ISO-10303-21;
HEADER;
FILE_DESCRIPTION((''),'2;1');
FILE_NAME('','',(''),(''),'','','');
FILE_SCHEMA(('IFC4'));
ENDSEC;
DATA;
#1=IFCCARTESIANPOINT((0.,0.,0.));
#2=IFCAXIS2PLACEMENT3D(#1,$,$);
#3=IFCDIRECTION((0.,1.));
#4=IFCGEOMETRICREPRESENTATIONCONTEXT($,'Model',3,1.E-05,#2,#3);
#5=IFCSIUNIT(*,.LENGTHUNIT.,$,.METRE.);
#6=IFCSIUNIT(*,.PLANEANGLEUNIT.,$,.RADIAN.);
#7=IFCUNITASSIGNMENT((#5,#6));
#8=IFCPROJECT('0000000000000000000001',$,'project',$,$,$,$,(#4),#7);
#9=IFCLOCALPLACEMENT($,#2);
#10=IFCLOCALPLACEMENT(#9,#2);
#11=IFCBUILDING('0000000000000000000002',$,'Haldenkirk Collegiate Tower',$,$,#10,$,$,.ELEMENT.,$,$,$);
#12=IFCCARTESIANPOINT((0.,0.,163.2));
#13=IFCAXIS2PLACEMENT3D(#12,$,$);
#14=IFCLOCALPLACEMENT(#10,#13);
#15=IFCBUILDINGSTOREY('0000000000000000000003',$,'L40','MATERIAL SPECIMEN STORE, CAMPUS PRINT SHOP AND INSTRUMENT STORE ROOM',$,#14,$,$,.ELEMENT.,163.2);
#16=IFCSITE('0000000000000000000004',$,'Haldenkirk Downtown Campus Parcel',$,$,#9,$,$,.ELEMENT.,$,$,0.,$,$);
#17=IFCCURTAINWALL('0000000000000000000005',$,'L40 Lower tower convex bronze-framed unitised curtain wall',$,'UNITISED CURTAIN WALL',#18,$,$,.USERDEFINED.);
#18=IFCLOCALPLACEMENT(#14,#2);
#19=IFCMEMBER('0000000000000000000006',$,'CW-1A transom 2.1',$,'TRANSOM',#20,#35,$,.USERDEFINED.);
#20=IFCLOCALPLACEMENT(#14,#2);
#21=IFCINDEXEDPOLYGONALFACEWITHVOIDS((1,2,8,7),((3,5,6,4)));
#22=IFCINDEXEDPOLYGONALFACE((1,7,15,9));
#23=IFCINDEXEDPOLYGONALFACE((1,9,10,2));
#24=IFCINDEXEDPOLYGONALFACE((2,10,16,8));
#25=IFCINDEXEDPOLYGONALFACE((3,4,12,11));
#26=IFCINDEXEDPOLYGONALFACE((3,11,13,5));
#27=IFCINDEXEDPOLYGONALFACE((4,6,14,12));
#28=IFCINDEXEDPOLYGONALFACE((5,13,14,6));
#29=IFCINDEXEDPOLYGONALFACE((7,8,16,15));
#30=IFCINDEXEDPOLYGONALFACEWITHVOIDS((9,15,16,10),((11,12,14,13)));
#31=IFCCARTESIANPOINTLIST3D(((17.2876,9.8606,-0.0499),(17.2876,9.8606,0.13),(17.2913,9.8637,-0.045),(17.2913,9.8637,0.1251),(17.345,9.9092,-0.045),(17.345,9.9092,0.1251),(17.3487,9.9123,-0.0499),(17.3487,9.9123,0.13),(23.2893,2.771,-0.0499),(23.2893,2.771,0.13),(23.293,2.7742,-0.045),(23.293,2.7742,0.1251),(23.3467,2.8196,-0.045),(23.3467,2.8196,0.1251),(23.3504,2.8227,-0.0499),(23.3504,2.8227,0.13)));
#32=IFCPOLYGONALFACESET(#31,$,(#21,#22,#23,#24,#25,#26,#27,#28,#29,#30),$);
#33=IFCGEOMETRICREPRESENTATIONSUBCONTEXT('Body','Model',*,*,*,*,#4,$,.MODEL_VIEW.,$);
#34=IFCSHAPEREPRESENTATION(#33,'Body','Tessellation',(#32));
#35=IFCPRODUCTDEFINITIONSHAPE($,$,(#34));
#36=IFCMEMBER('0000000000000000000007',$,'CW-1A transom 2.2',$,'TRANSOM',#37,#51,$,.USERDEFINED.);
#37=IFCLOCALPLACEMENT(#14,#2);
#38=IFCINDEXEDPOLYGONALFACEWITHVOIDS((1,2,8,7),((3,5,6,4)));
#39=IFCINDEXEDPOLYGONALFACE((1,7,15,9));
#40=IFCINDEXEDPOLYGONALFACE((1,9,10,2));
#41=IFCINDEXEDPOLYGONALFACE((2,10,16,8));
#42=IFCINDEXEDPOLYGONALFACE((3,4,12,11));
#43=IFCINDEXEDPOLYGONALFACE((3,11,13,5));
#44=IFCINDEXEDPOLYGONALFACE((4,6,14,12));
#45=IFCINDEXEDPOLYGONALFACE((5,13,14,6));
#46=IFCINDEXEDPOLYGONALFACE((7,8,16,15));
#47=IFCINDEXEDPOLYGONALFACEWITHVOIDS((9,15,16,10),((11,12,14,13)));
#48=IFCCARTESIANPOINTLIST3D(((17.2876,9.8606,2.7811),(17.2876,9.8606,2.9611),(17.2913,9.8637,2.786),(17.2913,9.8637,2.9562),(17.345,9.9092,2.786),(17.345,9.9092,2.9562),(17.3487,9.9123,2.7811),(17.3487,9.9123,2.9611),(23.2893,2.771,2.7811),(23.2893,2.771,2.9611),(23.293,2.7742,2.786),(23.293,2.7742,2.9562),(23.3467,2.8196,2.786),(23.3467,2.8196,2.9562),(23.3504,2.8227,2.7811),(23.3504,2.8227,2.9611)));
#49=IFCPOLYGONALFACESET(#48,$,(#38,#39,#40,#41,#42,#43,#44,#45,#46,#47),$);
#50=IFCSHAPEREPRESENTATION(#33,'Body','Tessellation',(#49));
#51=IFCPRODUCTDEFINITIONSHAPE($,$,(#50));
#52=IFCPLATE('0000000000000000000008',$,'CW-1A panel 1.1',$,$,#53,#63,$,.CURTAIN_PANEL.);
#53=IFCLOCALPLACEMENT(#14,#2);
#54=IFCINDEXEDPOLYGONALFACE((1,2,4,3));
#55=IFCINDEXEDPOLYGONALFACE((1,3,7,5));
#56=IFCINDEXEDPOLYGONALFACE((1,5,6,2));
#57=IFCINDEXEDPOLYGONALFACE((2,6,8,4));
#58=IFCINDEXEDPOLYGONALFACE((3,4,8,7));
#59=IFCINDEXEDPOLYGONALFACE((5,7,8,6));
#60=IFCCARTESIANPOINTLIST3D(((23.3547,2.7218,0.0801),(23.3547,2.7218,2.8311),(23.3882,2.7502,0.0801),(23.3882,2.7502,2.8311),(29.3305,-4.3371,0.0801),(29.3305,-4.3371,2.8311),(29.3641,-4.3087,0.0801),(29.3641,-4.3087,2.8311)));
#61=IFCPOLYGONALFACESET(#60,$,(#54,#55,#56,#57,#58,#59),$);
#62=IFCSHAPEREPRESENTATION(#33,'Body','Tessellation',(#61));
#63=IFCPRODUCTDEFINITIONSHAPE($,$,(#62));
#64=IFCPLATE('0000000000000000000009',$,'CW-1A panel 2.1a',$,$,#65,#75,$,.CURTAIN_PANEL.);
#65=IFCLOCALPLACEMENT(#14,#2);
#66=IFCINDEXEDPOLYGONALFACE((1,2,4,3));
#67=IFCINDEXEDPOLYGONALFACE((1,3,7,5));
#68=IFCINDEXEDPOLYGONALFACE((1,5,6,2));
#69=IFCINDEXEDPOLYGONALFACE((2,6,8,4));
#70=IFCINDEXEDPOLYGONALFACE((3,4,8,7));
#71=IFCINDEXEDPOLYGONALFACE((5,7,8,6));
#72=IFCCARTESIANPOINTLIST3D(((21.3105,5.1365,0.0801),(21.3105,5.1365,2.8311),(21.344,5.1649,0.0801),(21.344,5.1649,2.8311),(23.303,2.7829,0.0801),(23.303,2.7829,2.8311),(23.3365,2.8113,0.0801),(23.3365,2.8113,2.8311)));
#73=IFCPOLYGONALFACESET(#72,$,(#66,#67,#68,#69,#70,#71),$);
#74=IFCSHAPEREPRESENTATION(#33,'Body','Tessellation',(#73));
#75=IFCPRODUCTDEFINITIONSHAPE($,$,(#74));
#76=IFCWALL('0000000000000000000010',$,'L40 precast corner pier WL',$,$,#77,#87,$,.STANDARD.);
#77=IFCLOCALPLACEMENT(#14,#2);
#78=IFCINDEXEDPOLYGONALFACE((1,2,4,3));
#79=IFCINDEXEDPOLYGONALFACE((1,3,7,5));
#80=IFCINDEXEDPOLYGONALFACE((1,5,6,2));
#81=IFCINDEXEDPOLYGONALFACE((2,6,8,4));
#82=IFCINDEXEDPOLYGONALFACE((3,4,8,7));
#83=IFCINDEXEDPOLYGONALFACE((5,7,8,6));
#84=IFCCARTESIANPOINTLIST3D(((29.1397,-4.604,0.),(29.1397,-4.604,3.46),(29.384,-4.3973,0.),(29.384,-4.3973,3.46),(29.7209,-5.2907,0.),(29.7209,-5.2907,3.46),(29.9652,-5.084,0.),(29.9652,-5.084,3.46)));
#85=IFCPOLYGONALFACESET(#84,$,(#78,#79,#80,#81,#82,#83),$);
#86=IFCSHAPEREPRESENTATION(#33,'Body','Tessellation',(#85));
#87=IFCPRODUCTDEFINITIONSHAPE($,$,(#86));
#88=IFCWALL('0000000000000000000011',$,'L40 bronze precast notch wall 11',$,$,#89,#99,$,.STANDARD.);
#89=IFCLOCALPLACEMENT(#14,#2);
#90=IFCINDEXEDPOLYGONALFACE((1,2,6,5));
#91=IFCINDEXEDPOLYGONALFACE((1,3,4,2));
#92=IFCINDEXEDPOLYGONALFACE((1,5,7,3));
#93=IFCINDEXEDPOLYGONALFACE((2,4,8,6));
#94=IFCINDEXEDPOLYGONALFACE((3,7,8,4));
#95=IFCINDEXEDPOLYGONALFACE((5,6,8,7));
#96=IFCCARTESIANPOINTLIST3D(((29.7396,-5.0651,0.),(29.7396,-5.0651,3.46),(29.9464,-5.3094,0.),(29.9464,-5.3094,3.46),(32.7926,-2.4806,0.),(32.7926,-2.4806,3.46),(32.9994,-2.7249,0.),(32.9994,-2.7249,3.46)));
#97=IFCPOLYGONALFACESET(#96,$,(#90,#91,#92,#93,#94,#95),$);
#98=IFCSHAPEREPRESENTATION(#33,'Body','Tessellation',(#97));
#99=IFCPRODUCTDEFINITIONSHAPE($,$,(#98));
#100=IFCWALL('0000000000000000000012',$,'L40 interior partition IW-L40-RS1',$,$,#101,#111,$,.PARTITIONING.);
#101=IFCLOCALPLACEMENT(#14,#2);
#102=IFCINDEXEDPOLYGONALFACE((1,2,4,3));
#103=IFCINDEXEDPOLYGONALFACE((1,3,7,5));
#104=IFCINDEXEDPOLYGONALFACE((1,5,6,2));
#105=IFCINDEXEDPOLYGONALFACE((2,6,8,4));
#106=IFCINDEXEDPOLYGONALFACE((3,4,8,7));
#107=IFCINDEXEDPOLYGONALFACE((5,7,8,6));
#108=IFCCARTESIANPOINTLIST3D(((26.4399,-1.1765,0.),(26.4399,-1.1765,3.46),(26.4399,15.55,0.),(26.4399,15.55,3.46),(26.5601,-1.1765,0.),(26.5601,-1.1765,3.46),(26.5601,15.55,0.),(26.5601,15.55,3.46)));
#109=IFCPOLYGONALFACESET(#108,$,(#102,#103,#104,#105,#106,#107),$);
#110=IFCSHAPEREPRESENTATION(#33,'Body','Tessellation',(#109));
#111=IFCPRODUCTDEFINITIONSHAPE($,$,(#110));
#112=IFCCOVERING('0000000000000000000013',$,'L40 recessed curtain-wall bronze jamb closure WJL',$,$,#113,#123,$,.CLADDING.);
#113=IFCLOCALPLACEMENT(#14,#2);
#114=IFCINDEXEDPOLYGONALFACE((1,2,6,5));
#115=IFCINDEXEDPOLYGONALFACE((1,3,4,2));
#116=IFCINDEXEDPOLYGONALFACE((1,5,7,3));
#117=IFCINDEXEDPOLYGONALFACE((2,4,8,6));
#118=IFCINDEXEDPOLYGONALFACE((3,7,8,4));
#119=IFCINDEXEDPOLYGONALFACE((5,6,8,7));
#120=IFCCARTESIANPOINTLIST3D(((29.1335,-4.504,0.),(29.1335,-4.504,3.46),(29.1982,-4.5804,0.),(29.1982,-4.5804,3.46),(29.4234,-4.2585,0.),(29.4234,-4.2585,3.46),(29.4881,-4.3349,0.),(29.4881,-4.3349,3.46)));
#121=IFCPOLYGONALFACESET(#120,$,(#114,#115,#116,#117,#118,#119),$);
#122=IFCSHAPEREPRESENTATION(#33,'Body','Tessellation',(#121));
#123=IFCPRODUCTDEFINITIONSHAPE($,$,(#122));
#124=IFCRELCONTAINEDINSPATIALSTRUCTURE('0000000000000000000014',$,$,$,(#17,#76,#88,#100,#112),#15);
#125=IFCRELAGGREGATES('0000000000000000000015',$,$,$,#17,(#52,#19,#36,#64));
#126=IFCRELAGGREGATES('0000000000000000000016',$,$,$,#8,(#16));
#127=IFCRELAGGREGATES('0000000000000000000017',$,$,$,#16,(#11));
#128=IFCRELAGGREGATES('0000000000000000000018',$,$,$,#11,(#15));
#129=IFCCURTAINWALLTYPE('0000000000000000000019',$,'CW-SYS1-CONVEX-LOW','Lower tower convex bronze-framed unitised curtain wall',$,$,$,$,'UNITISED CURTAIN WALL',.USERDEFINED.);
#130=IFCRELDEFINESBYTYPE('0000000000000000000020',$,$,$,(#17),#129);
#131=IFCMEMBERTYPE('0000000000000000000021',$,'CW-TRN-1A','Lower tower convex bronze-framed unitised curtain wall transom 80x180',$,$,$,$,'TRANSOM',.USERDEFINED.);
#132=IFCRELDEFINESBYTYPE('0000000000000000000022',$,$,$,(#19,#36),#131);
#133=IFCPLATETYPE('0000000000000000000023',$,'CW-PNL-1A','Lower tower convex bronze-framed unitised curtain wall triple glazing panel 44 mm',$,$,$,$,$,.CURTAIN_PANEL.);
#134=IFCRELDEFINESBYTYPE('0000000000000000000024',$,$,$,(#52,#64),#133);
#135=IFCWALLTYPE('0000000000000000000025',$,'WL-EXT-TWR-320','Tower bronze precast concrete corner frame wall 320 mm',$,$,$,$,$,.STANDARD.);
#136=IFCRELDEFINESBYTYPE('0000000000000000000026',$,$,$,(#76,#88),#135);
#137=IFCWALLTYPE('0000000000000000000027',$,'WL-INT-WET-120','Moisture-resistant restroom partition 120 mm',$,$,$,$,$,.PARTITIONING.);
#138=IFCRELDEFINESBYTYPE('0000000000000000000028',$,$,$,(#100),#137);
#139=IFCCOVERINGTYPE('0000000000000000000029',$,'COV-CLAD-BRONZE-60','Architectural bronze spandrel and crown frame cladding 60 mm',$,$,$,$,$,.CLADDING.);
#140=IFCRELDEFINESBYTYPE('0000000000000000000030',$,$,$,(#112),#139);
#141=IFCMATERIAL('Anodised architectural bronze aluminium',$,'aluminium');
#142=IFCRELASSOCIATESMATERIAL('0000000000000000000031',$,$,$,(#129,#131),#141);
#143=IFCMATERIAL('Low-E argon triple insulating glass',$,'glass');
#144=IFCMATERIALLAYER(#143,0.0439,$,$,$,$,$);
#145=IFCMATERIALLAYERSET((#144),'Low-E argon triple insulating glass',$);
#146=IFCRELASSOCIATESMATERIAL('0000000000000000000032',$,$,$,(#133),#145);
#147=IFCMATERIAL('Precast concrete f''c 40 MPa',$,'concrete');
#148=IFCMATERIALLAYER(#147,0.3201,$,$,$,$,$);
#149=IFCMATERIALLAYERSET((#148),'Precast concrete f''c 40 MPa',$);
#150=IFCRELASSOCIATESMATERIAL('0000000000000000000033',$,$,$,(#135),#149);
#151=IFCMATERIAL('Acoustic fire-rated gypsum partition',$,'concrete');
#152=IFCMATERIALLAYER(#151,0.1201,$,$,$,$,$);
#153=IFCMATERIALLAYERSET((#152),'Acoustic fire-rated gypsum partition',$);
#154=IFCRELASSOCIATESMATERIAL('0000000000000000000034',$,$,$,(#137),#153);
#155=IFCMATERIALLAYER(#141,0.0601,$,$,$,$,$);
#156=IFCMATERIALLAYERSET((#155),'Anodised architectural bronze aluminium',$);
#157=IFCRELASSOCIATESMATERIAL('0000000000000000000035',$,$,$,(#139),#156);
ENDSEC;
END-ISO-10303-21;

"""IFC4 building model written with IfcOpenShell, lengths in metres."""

from ifc_helpers import new_model, si_unit, direction, frame, frame_2d, origin, origin_2d, place, context, subcontext, project, spatial, rectangle, hollow_rectangle, extrude, source, transform, mapped, material, layer, layer_set, material_profile, profile_set, type_object, element, aggregate, save


model = new_model("IFC4")

# Units and contexts
model_context = context("Model", 3, precision=1e-05, world=origin(), true_north=direction((0.0, 1.0)))
body_context = subcontext(model_context, "Body", "Model", "MODEL_VIEW")
ifc_project = project(units=[si_unit("LENGTHUNIT", "METRE"), si_unit("PLANEANGLEUNIT", "RADIAN")], contexts=[model_context])

# Site, building, storey
site_placement = place(None, origin())
site = spatial("IfcSite", under=ifc_project, at=site_placement, Name="Haldenkirk Downtown Campus Parcel", CompositionType="ELEMENT", RefElevation=0.0)
building_placement = place(site_placement, origin())
building = spatial("IfcBuilding", under=site, at=building_placement, Name="Haldenkirk Collegiate Tower", CompositionType="ELEMENT")
storey_placement = place(building_placement, frame((0.0, 0.0, 163.2)))
storey = spatial("IfcBuildingStorey", under=building, at=storey_placement, Name="L40", Description="MATERIAL SPECIMEN STORE, CAMPUS PRINT SHOP AND INSTRUMENT STORE ROOM", CompositionType="ELEMENT", Elevation=163.2)

# Curtain wall, members, plates
ifc_material_1 = material(Name="Anodised architectural bronze aluminium", Category="aluminium")
curtain_wall_type = type_object("IfcCurtainWallType", Name="CW-SYS1-CONVEX-LOW", Description="Lower tower convex bronze-framed unitised curtain wall", ElementType="UNITISED CURTAIN WALL", PredefinedType="USERDEFINED", material=ifc_material_1)
curtain_wall_placement = place(storey_placement, origin())
curtain_wall = element("IfcCurtainWall", 1, at=curtain_wall_placement, inside=storey, type_object=curtain_wall_type, Name="L40 Lower tower convex bronze-framed unitised curtain wall", ObjectType="UNITISED CURTAIN WALL", PredefinedType="USERDEFINED")
ifc_material_profile_1 = material_profile(ifc_material_1, hollow_rectangle(XDim=0.0801, YDim=0.1799, WallThickness=0.0049, at=origin_2d()), Name="CW-TRN-1A")
ifc_profile_set_1 = profile_set([ifc_material_profile_1], Name="Anodised architectural bronze aluminium")
member_type_1 = type_object("IfcMemberType", Name="CW-TRN-1A", Description="Lower tower convex bronze-framed unitised curtain wall transom 80x180", ElementType="TRANSOM", PredefinedType="USERDEFINED", material=ifc_profile_set_1)
member_1_placement = place(storey_placement, frame((23.3198, 2.7969, 0.04), z_axis=(-0.646119, 0.763237, 0.0), x_axis=(-0.763237, -0.646119, 0.0)))
member_1 = element("IfcMember", 2, at=member_1_placement, type_object=member_type_1, Name="CW-1A transom 2.1", ObjectType="TRANSOM", PredefinedType="USERDEFINED", context=body_context, shape_type="SweptSolid", body=[
    extrude(hollow_rectangle(XDim=0.0801, YDim=0.1799, WallThickness=0.0049, at=origin_2d()), origin(), (0.0, 0.0, 1.0), 9.2888),
])
member_2_placement = place(storey_placement, frame((23.3198, 2.7969, 2.8711), z_axis=(-0.646119, 0.763237, 0.0), x_axis=(-0.763237, -0.646119, 0.0)))
member_2 = element("IfcMember", 3, at=member_2_placement, type_object=member_type_1, Name="CW-1A transom 2.2", ObjectType="TRANSOM", PredefinedType="USERDEFINED", context=body_context, shape_type="SweptSolid", body=[
    extrude(hollow_rectangle(XDim=0.0801, YDim=0.1799, WallThickness=0.0049, at=origin_2d()), origin(), (0.0, 0.0, 1.0), 9.2888),
])
ifc_material_2 = material(Name="Low-E argon triple insulating glass", Category="glass")
ifc_layer_1 = layer(ifc_material_2, 0.0439)
ifc_layer_set_1 = layer_set([ifc_layer_1], Name="Low-E argon triple insulating glass")
plate_type = type_object("IfcPlateType", Name="CW-PNL-1A", Description="Lower tower convex bronze-framed unitised curtain wall triple glazing panel 44 mm", PredefinedType="CURTAIN_PANEL", material=ifc_layer_set_1)
shared_shape_1 = source(origin(), body_context, "Body", "SweptSolid", [
    extrude(rectangle(XDim=9.2488, YDim=0.0439, at=origin_2d()), origin(), (0.0, 0.0, 1.0), 2.751),
])
plate_1_placement = place(storey_placement, frame((26.3594, -0.7935, 0.0801), z_axis=(0.0, 0.0, 1.0), x_axis=(-0.646123, 0.763233, 0.0)))
plate_1 = element("IfcPlate", 4, at=plate_1_placement, type_object=plate_type, Name="CW-1A panel 1.1", PredefinedType="CURTAIN_PANEL", context=body_context, shape_type="MappedRepresentation", body=[
    mapped(shared_shape_1, transform((0.0, 0.0, 0.0), x_axis=(1.0, 0.0, 0.0), y_axis=(0.0, 1.0, 0.0), z_axis=(0.0, 0.0, 1.0), scale=1.0)),
])
shared_shape_2 = source(origin(), body_context, "Body", "SweptSolid", [
    extrude(rectangle(XDim=3.0837, YDim=0.0439, at=origin_2d()), origin(), (0.0, 0.0, 1.0), 2.751),
])
plate_2_placement = place(storey_placement, frame((22.3235, 3.9739, 0.0801), z_axis=(0.0, 0.0, 1.0), x_axis=(-0.646123, 0.763233, 0.0)))
plate_2 = element("IfcPlate", 5, at=plate_2_placement, type_object=plate_type, Name="CW-1A panel 2.1a", PredefinedType="CURTAIN_PANEL", context=body_context, shape_type="MappedRepresentation", body=[
    mapped(shared_shape_2, transform((0.0, 0.0, 0.0), x_axis=(1.0, 0.0, 0.0), y_axis=(0.0, 1.0, 0.0), z_axis=(0.0, 0.0, 1.0), scale=1.0)),
])
aggregate(curtain_wall, [plate_1, member_1, member_2, plate_2])

# Walls
ifc_material_3 = material(Name="Precast concrete f'c 40 MPa", Category="concrete")
ifc_layer_2 = layer(ifc_material_3, 0.3201)
ifc_layer_set_2 = layer_set([ifc_layer_2], Name="Precast concrete f'c 40 MPa")
wall_type_1 = type_object("IfcWallType", Name="WL-EXT-TWR-320", Description="Tower bronze precast concrete corner frame wall 320 mm", PredefinedType="STANDARD", material=ifc_layer_set_2)
wall_1_placement = place(storey_placement, frame((29.843, -5.1873, 0.0), z_axis=(0.0, 0.0, 1.0), x_axis=(-0.646064, 0.763283, 0.0)))
element("IfcWall", 6, at=wall_1_placement, inside=storey, type_object=wall_type_1, Name="L40 precast corner pier WL", PredefinedType="STANDARD", context=body_context, shape_type="SweptSolid", body=[
    extrude(rectangle(XDim=0.8997, YDim=0.3201, at=frame_2d((0.4497, 0.0))), origin(), (0.0, 0.0, 1.0), 3.46),
])
wall_2_placement = place(storey_placement, frame((32.896, -2.6028, 0.0), z_axis=(0.0, 0.0, 1.0), x_axis=(-0.76324, -0.646115, 0.0)))
element("IfcWall", 7, at=wall_2_placement, inside=storey, type_object=wall_type_1, Name="L40 bronze precast notch wall 11", PredefinedType="STANDARD", context=body_context, shape_type="SweptSolid", body=[
    extrude(rectangle(XDim=4.0, YDim=0.3201, at=frame_2d((2.0, 0.0))), origin(), (0.0, 0.0, 1.0), 3.46),
])
ifc_material_4 = material(Name="Acoustic fire-rated gypsum partition", Category="concrete")
ifc_layer_3 = layer(ifc_material_4, 0.1201)
ifc_layer_set_3 = layer_set([ifc_layer_3], Name="Acoustic fire-rated gypsum partition")
wall_type_2 = type_object("IfcWallType", Name="WL-INT-WET-120", Description="Moisture-resistant restroom partition 120 mm", PredefinedType="PARTITIONING", material=ifc_layer_set_3)
wall_3_placement = place(storey_placement, frame((26.5, -1.1765, 0.0), z_axis=(0.0, 0.0, 1.0), x_axis=(0.0, 1.0, 0.0)))
element("IfcWall", 8, at=wall_3_placement, inside=storey, type_object=wall_type_2, Name="L40 interior partition IW-L40-RS1", PredefinedType="PARTITIONING", context=body_context, shape_type="SweptSolid", body=[
    extrude(rectangle(XDim=16.7266, YDim=0.1201, at=frame_2d((8.3633, 0.0))), origin(), (0.0, 0.0, 1.0), 3.46),
])

# Covering
ifc_layer_4 = layer(ifc_material_1, 0.0601)
ifc_layer_set_4 = layer_set([ifc_layer_4], Name="Anodised architectural bronze aluminium")
covering_type = type_object("IfcCoveringType", Name="COV-CLAD-BRONZE-60", Description="Architectural bronze spandrel and crown frame cladding 60 mm", PredefinedType="CLADDING", material=ifc_layer_set_4)
shared_shape_3 = source(origin(), body_context, "Body", "SweptSolid", [
    extrude(rectangle(XDim=0.1001, YDim=0.3799, at=origin_2d()), origin(), (0.0, 0.0, 1.0), 3.46),
])
covering_placement = place(storey_placement, frame((29.3108, -4.4194, 0.0), z_axis=(0.0, 0.0, 1.0), x_axis=(-0.646124, 0.763232, 0.0)))
element("IfcCovering", 9, at=covering_placement, inside=storey, type_object=covering_type, Name="L40 recessed curtain-wall bronze jamb closure WJL", PredefinedType="CLADDING", context=body_context, shape_type="MappedRepresentation", body=[
    mapped(shared_shape_3, transform((0.0, 0.0, 0.0), x_axis=(1.0, 0.0, 0.0), y_axis=(0.0, 1.0, 0.0), z_axis=(0.0, 0.0, 1.0), scale=1.0)),
])

save(model, "model.ifc")
